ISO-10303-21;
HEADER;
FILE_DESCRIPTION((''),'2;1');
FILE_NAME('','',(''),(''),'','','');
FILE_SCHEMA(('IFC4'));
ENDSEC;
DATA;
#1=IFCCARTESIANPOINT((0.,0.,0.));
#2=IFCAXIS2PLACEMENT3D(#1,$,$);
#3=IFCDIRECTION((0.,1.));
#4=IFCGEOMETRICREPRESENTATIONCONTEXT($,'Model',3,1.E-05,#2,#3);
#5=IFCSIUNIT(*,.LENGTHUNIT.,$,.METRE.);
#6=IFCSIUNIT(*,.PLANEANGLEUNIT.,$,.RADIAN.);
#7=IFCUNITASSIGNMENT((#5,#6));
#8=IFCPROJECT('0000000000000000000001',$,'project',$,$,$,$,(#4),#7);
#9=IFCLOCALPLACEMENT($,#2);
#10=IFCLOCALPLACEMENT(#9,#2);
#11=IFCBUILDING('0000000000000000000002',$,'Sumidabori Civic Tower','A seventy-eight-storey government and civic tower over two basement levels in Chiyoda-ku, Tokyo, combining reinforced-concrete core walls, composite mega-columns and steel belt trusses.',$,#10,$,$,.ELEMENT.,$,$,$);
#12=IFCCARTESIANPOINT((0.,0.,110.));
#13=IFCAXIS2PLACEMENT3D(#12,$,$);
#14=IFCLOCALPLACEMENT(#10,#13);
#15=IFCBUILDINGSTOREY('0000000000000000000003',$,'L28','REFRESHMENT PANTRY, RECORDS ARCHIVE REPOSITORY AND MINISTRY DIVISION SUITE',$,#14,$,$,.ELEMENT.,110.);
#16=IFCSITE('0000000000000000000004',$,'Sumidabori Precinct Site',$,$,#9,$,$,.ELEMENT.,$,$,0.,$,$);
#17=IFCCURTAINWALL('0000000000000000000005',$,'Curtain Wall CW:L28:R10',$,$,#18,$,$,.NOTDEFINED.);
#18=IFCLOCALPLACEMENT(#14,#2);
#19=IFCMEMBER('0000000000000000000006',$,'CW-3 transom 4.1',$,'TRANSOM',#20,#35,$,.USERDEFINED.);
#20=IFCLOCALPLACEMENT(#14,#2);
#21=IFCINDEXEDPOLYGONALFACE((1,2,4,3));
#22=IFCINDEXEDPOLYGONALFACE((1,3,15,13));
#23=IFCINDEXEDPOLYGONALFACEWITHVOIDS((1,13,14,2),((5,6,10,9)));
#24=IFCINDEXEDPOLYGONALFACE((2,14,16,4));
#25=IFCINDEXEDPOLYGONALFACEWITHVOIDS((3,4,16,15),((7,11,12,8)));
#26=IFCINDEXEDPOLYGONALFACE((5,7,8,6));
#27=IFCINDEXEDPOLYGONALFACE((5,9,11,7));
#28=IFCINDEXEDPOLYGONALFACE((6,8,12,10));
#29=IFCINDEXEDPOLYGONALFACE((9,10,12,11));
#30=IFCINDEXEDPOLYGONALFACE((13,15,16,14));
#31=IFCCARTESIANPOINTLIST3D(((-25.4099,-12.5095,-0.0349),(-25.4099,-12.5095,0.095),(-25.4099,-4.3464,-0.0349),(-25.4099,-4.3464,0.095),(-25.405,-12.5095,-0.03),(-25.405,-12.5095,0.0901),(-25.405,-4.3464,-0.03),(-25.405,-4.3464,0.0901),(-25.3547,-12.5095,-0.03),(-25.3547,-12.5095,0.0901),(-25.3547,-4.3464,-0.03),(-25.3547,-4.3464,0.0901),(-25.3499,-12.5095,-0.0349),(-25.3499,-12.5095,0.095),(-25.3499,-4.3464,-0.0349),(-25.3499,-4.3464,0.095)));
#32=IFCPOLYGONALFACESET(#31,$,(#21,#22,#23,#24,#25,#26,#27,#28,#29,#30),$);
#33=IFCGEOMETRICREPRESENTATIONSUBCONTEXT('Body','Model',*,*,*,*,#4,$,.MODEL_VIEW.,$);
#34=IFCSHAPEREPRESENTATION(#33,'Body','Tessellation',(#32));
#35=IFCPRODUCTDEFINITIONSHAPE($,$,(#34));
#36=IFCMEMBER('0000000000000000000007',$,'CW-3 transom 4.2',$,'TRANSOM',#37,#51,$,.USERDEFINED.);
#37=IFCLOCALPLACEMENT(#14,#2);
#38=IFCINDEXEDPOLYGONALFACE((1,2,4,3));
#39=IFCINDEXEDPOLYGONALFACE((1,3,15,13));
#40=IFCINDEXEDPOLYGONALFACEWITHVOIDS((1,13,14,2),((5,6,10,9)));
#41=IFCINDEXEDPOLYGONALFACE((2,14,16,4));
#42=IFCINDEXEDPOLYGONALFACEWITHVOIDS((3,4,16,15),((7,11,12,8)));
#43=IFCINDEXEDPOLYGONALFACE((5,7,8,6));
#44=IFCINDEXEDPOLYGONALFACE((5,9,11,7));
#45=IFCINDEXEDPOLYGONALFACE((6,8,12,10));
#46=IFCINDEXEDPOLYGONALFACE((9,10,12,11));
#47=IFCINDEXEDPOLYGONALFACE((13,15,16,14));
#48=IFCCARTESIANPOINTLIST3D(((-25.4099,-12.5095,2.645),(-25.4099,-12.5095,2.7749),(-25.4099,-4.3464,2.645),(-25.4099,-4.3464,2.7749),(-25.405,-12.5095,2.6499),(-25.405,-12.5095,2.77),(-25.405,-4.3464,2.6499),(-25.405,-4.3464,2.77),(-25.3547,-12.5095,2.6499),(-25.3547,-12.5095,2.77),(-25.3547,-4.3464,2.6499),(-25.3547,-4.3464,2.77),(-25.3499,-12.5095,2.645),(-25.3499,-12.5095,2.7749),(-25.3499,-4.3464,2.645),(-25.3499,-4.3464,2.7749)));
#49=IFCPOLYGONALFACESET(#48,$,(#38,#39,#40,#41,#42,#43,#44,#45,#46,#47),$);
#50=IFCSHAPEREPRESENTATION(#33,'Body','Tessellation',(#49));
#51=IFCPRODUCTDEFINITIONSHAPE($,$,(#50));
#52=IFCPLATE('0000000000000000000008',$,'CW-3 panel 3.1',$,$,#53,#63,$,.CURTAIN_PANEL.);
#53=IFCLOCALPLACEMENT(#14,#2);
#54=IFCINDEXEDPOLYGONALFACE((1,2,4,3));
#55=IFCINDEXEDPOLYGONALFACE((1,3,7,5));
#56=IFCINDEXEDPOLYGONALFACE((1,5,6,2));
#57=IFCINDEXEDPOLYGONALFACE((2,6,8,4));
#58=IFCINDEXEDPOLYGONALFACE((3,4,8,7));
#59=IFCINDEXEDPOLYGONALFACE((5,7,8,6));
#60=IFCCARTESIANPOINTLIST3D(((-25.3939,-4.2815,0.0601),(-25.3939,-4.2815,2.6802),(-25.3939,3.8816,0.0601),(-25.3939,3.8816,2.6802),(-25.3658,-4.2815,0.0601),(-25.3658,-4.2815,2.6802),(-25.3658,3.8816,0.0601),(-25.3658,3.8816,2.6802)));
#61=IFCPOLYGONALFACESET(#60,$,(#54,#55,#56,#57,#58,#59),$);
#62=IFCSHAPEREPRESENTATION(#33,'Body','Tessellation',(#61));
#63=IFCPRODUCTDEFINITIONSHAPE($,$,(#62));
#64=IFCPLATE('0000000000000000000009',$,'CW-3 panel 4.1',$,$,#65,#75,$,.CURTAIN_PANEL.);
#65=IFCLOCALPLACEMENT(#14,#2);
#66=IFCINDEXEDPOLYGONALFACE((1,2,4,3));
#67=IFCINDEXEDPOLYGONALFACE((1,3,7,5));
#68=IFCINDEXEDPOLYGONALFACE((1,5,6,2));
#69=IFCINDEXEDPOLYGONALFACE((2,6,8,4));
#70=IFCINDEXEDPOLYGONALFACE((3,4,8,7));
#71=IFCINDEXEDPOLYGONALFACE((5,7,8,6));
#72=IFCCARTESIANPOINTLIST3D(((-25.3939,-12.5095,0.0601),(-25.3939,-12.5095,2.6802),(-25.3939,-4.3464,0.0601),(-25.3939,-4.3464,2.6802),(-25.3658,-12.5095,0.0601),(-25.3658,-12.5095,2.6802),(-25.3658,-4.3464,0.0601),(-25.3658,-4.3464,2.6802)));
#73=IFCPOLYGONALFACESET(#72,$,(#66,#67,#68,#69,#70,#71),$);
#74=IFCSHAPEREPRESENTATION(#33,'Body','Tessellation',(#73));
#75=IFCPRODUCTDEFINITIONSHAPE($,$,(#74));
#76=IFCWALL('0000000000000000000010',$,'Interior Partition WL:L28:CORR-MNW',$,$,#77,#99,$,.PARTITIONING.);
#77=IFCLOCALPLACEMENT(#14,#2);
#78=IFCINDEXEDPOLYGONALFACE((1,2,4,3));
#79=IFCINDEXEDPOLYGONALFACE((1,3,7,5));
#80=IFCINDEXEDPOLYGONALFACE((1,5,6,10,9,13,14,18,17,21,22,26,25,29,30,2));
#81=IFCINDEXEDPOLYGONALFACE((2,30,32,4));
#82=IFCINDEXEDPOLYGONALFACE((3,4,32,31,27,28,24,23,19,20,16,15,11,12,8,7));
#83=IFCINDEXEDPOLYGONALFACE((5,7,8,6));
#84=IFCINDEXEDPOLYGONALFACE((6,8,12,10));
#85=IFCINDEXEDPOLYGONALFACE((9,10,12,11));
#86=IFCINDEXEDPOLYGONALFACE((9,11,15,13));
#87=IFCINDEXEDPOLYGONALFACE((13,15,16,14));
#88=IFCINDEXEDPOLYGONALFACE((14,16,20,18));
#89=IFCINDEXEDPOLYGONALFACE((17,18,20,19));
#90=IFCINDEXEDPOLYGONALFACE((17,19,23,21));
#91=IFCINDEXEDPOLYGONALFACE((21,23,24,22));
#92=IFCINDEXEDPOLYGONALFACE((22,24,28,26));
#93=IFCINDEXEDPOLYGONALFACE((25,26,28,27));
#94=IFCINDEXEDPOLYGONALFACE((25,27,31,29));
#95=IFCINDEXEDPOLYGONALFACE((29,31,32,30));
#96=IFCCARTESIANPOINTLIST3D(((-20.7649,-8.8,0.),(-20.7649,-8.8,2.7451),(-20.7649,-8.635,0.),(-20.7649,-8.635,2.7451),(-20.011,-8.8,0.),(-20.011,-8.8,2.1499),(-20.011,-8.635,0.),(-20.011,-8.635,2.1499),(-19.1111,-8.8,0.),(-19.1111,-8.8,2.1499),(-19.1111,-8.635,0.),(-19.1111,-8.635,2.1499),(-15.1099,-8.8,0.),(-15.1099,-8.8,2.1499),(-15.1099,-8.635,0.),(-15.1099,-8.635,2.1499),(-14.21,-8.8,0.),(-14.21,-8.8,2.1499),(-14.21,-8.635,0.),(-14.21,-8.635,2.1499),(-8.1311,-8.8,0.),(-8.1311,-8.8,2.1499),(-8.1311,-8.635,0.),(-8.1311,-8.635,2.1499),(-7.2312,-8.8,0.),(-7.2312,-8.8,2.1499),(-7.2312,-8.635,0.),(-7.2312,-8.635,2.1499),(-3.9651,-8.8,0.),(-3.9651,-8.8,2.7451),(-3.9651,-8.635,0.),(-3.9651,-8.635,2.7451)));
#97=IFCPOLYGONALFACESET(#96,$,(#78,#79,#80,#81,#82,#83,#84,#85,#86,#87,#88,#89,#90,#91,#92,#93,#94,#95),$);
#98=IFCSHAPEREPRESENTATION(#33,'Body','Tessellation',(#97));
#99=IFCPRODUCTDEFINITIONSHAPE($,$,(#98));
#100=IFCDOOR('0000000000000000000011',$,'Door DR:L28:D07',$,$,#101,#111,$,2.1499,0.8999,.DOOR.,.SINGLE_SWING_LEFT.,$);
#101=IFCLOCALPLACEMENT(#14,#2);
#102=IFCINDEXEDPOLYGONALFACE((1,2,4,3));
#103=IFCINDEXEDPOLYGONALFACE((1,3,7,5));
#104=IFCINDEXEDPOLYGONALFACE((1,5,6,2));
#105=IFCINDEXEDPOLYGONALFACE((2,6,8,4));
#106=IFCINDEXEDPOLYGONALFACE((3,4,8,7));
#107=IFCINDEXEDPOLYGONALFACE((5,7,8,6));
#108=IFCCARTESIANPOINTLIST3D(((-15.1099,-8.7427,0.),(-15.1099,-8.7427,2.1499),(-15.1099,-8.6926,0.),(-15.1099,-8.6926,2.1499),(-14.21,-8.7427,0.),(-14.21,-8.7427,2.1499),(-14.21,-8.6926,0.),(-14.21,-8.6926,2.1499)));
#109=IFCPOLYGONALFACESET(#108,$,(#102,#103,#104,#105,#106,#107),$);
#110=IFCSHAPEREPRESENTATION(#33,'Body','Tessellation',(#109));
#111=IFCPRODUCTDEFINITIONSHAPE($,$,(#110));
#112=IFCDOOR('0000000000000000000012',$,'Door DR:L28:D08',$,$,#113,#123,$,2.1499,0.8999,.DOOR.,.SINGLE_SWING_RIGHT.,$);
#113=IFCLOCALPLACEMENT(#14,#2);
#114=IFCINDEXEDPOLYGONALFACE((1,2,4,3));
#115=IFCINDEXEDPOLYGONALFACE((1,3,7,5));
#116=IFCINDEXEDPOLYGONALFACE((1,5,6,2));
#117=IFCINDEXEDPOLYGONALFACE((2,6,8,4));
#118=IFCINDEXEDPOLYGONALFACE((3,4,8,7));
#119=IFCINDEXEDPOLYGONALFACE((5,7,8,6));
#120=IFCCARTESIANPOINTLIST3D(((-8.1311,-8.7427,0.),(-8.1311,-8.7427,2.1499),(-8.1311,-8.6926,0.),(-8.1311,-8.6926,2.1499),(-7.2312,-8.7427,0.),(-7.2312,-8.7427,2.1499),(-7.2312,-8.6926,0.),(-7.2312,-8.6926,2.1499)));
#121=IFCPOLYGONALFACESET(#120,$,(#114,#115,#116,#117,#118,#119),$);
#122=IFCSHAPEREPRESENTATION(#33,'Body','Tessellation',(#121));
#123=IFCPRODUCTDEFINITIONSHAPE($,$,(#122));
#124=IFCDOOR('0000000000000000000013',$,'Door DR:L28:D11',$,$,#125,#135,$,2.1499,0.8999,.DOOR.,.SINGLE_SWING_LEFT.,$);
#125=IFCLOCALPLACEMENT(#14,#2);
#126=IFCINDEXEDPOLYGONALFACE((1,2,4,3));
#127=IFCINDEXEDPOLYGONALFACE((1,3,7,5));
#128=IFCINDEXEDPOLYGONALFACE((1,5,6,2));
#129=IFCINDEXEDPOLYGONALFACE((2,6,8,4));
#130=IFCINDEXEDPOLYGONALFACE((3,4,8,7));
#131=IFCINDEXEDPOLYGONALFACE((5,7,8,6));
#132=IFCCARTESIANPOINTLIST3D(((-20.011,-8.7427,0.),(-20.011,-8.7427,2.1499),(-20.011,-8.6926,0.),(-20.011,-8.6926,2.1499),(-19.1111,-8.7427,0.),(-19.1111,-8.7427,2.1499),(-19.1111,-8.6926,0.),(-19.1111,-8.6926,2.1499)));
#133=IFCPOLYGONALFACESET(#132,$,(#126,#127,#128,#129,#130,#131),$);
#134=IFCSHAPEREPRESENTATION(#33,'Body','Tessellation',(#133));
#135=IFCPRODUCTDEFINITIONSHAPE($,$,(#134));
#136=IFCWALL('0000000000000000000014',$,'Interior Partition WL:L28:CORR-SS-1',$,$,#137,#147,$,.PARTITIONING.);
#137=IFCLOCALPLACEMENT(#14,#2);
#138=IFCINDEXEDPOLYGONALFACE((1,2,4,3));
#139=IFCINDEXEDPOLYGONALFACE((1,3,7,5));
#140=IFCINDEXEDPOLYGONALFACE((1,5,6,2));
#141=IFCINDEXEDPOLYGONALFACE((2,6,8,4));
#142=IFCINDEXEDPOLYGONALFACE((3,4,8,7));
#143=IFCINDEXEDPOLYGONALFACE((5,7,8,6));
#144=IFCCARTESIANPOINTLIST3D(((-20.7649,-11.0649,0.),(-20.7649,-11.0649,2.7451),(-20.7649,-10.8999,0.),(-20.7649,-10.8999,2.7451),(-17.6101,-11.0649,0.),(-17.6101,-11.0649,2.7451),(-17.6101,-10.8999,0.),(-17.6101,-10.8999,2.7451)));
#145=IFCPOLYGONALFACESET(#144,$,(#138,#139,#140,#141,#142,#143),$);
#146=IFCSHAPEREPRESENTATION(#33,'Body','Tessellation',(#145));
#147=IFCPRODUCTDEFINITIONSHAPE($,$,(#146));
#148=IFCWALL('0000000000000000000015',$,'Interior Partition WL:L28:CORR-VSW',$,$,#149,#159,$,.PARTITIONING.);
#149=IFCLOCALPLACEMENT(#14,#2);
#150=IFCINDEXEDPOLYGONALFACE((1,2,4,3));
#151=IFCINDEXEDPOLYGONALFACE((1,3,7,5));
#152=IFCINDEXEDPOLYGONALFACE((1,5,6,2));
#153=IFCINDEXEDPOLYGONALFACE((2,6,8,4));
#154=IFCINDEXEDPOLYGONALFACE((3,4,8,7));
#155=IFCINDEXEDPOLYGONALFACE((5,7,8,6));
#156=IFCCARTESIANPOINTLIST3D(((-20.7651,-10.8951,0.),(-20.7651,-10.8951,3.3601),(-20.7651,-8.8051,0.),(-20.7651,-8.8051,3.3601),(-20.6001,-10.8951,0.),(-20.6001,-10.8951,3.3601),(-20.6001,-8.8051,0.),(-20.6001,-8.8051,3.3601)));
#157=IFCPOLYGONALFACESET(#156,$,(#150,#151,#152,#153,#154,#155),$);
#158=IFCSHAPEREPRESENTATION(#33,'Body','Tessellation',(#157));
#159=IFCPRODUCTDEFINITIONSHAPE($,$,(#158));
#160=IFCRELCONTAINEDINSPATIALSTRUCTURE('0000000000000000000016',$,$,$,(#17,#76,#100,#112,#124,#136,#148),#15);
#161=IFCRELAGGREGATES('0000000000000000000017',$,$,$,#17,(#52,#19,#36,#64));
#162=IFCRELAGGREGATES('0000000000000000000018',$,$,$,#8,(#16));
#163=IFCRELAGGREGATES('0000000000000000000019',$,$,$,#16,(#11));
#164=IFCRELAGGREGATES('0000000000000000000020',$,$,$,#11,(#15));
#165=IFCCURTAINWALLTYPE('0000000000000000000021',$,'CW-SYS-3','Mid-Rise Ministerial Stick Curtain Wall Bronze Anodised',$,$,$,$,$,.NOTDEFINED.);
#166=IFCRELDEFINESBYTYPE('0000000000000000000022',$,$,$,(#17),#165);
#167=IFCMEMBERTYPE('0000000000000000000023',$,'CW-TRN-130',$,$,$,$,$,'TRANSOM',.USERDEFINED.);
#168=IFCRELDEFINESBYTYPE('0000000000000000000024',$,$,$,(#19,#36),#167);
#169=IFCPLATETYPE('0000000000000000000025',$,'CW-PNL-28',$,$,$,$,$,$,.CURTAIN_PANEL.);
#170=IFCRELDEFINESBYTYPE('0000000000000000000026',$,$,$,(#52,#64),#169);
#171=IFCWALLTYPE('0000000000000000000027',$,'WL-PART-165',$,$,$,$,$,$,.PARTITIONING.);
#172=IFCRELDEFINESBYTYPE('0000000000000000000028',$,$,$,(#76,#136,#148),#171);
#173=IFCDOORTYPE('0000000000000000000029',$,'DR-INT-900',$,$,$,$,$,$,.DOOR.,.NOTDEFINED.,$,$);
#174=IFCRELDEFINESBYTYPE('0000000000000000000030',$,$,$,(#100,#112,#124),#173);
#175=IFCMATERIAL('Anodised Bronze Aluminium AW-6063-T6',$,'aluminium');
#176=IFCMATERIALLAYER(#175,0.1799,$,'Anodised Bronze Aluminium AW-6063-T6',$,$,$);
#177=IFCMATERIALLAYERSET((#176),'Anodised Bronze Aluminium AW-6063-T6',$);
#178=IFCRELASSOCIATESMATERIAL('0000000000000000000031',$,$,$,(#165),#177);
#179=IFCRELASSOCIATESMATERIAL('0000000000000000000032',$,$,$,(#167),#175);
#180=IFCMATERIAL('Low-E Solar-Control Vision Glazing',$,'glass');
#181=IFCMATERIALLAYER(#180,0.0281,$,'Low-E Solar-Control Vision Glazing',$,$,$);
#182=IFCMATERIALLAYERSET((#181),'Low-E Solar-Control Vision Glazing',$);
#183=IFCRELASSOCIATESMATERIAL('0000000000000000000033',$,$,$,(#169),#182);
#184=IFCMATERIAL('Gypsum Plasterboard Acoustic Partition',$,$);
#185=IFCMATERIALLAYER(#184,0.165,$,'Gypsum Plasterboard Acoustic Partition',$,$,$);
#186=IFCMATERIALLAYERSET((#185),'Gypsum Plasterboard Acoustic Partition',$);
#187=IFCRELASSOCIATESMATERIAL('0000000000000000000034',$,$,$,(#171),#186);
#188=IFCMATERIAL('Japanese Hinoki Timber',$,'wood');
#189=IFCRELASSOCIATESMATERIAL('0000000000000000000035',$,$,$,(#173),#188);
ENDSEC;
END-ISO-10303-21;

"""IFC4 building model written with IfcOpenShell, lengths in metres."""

from ifc_helpers import new_model, si_unit, direction, frame, frame_2d, origin, origin_2d, place, context, subcontext, project, spatial, rectangle, hollow_rectangle, extrude, source, transform, mapped, material, layer, layer_set, material_profile, profile_set, type_object, element, fill, aggregate, save


model = new_model("IFC4")

# Units and contexts
model_context = context("Model", 3, precision=1e-05, world=origin(), true_north=direction((0.0, 1.0)))
body_context = subcontext(model_context, "Body", "Model", "MODEL_VIEW")
ifc_project = project(units=[si_unit("LENGTHUNIT", "METRE"), si_unit("PLANEANGLEUNIT", "RADIAN")], contexts=[model_context])

# Site, building, storey
site_placement = place(None, origin())
site = spatial("IfcSite", under=ifc_project, at=site_placement, Name="Sumidabori Precinct Site", CompositionType="ELEMENT", RefElevation=0.0)
building_placement = place(site_placement, origin())
building = spatial("IfcBuilding", under=site, at=building_placement, Name="Sumidabori Civic Tower", Description="A seventy-eight-storey government and civic tower over two basement levels in Chiyoda-ku, Tokyo, combining reinforced-concrete core walls, composite mega-columns and steel belt trusses.", CompositionType="ELEMENT")
storey_placement = place(building_placement, frame((0.0, 0.0, 110.0)))
storey = spatial("IfcBuildingStorey", under=building, at=storey_placement, Name="L28", Description="REFRESHMENT PANTRY, RECORDS ARCHIVE REPOSITORY AND MINISTRY DIVISION SUITE", CompositionType="ELEMENT", Elevation=110.0)

# Curtain wall, members, plates
ifc_material_1 = material(Name="Anodised Bronze Aluminium AW-6063-T6", Category="aluminium")
ifc_layer_1 = layer(ifc_material_1, 0.1799, Name="Anodised Bronze Aluminium AW-6063-T6")
ifc_layer_set_1 = layer_set([ifc_layer_1], Name="Anodised Bronze Aluminium AW-6063-T6")
curtain_wall_type = type_object("IfcCurtainWallType", Name="CW-SYS-3", Description="Mid-Rise Ministerial Stick Curtain Wall Bronze Anodised", PredefinedType="NOTDEFINED", material=ifc_layer_set_1)
curtain_wall_placement = place(storey_placement, origin())
curtain_wall = element("IfcCurtainWall", 1, at=curtain_wall_placement, inside=storey, type_object=curtain_wall_type, Name="Curtain Wall CW:L28:R10", PredefinedType="NOTDEFINED")
ifc_material_profile_1 = material_profile(ifc_material_1, hollow_rectangle(XDim=0.0601, YDim=0.1299, WallThickness=0.0049, at=origin_2d()), Name="ALU TRANSOM 130x60")
ifc_profile_set_1 = profile_set([ifc_material_profile_1], Name="Anodised Bronze Aluminium AW-6063-T6")
member_type_1 = type_object("IfcMemberType", Name="CW-TRN-130", ElementType="TRANSOM", PredefinedType="USERDEFINED", material=ifc_profile_set_1)
shared_shape_1 = source(origin(), body_context, "Body", "SweptSolid", [
    extrude(hollow_rectangle(XDim=0.0601, YDim=0.1299, WallThickness=0.0049, at=origin_2d()), origin(), (0.0, 0.0, 1.0), 8.1631),
])
member_1_placement = place(storey_placement, frame((-25.3799, -4.3464, 0.03), z_axis=(0.0, -1.0, 0.0), x_axis=(1.0, 0.0, 0.0)))
member_1 = element("IfcMember", 2, at=member_1_placement, type_object=member_type_1, Name="CW-3 transom 4.1", ObjectType="TRANSOM", PredefinedType="USERDEFINED", context=body_context, shape_type="MappedRepresentation", body=[
    mapped(shared_shape_1, transform((0.0, 0.0, 0.0), x_axis=(1.0, 0.0, 0.0), y_axis=(0.0, 1.0, 0.0), z_axis=(0.0, 0.0, 1.0), scale=1.0)),
])
member_2_placement = place(storey_placement, frame((-25.3799, -4.3464, 2.71), z_axis=(0.0, -1.0, 0.0), x_axis=(1.0, 0.0, 0.0)))
member_2 = element("IfcMember", 3, at=member_2_placement, type_object=member_type_1, Name="CW-3 transom 4.2", ObjectType="TRANSOM", PredefinedType="USERDEFINED", context=body_context, shape_type="MappedRepresentation", body=[
    mapped(shared_shape_1, transform((0.0, 0.0, 0.0), x_axis=(1.0, 0.0, 0.0), y_axis=(0.0, 1.0, 0.0), z_axis=(0.0, 0.0, 1.0), scale=1.0)),
])
ifc_material_2 = material(Name="Low-E Solar-Control Vision Glazing", Category="glass")
ifc_layer_2 = layer(ifc_material_2, 0.0281, Name="Low-E Solar-Control Vision Glazing")
ifc_layer_set_2 = layer_set([ifc_layer_2], Name="Low-E Solar-Control Vision Glazing")
plate_type = type_object("IfcPlateType", Name="CW-PNL-28", PredefinedType="CURTAIN_PANEL", material=ifc_layer_set_2)
shared_shape_2 = source(origin(), body_context, "Body", "SweptSolid", [
    extrude(rectangle(XDim=8.1631, YDim=0.0281, at=origin_2d()), origin(), (0.0, 0.0, 1.0), 2.6201),
])
plate_1_placement = place(storey_placement, frame((-25.3799, -0.2, 0.0601), z_axis=(0.0, 0.0, 1.0), x_axis=(0.0, -1.0, 0.0)))
plate_1 = element("IfcPlate", 4, at=plate_1_placement, type_object=plate_type, Name="CW-3 panel 3.1", PredefinedType="CURTAIN_PANEL", context=body_context, shape_type="MappedRepresentation", body=[
    mapped(shared_shape_2, transform((0.0, 0.0, 0.0), x_axis=(1.0, 0.0, 0.0), y_axis=(0.0, 1.0, 0.0), z_axis=(0.0, 0.0, 1.0), scale=1.0)),
])
plate_2_placement = place(storey_placement, frame((-25.3799, -8.428, 0.0601), z_axis=(0.0, 0.0, 1.0), x_axis=(0.0, -1.0, 0.0)))
plate_2 = element("IfcPlate", 5, at=plate_2_placement, type_object=plate_type, Name="CW-3 panel 4.1", PredefinedType="CURTAIN_PANEL", context=body_context, shape_type="MappedRepresentation", body=[
    mapped(shared_shape_2, transform((0.0, 0.0, 0.0), x_axis=(1.0, 0.0, 0.0), y_axis=(0.0, 1.0, 0.0), z_axis=(0.0, 0.0, 1.0), scale=1.0)),
])
aggregate(curtain_wall, [plate_1, member_1, member_2, plate_2])

# Wall, openings, doors
ifc_material_3 = material(Name="Gypsum Plasterboard Acoustic Partition")
ifc_layer_3 = layer(ifc_material_3, 0.165, Name="Gypsum Plasterboard Acoustic Partition")
ifc_layer_set_3 = layer_set([ifc_layer_3], Name="Gypsum Plasterboard Acoustic Partition")
wall_type = type_object("IfcWallType", Name="WL-PART-165", PredefinedType="PARTITIONING", material=ifc_layer_set_3)
shared_shape_3 = source(origin(), body_context, "Body", "SweptSolid", [
    extrude(rectangle(XDim=16.7998, YDim=0.165, at=frame_2d((8.3999, 0.0))), origin(), (0.0, 0.0, 1.0), 2.7451),
])
wall_1_placement = place(storey_placement, frame((-20.7649, -8.7175, 0.0), z_axis=(0.0, 0.0, 1.0), x_axis=(1.0, 0.0, 0.0)))
wall_1 = element("IfcWall", 6, at=wall_1_placement, inside=storey, type_object=wall_type, Name="Interior Partition WL:L28:CORR-MNW", PredefinedType="PARTITIONING", context=body_context, shape_type="MappedRepresentation", body=[
    mapped(shared_shape_3, transform((0.0, 0.0, 0.0), x_axis=(1.0, 0.0, 0.0), y_axis=(0.0, 1.0, 0.0), z_axis=(0.0, 0.0, 1.0), scale=1.0)),
])
opening_1_placement = place(wall_1_placement, frame((5.655, 0.0, 0.0)))
opening_1 = element("IfcOpeningElement", 7, at=opening_1_placement, cuts=wall_1, PredefinedType="OPENING", context=body_context, shape_type="SweptSolid", body=[
    extrude(rectangle(XDim=0.8999, YDim=2.1499, at=frame_2d((0.45, 1.075))), frame((0.0, 0.0945, 0.0), z_axis=(0.0, -1.0, 0.0), x_axis=(1.0, 0.0, 0.0)), (0.0, 0.0, 1.0), 0.189),
])
opening_2_placement = place(wall_1_placement, frame((12.6338, 0.0, 0.0)))
opening_2 = element("IfcOpeningElement", 8, at=opening_2_placement, cuts=wall_1, PredefinedType="OPENING", context=body_context, shape_type="SweptSolid", body=[
    extrude(rectangle(XDim=0.8999, YDim=2.1499, at=frame_2d((0.45, 1.075))), frame((0.0, 0.0945, 0.0), z_axis=(0.0, -1.0, 0.0), x_axis=(1.0, 0.0, 0.0)), (0.0, 0.0, 1.0), 0.189),
])
opening_3_placement = place(wall_1_placement, frame((0.7539, 0.0, 0.0)))
opening_3 = element("IfcOpeningElement", 9, at=opening_3_placement, cuts=wall_1, PredefinedType="OPENING", context=body_context, shape_type="SweptSolid", body=[
    extrude(rectangle(XDim=0.8999, YDim=2.1499, at=frame_2d((0.45, 1.075))), frame((0.0, 0.0945, 0.0), z_axis=(0.0, -1.0, 0.0), x_axis=(1.0, 0.0, 0.0)), (0.0, 0.0, 1.0), 0.189),
])
ifc_material_4 = material(Name="Japanese Hinoki Timber", Category="wood")
door_type = type_object("IfcDoorType", Name="DR-INT-900", OperationType="NOTDEFINED", PredefinedType="DOOR", material=ifc_material_4)
shared_shape_4 = source(origin(), body_context, "Body", "SweptSolid", [
    extrude(rectangle(XDim=0.8999, YDim=2.1499, at=frame_2d((0.45, 1.075))), frame((0.0, 0.0249, 0.0), z_axis=(0.0, -1.0, 0.0), x_axis=(1.0, 0.0, 0.0)), (0.0, 0.0, 1.0), 0.05),
])
door_1_placement = place(opening_1_placement, origin())
door_1 = element("IfcDoor", 10, at=door_1_placement, inside=storey, type_object=door_type, Name="Door DR:L28:D07", OperationType="SINGLE_SWING_LEFT", OverallHeight=2.1499, OverallWidth=0.8999, PredefinedType="DOOR", context=body_context, shape_type="MappedRepresentation", body=[
    mapped(shared_shape_4, transform((0.0, 0.0, 0.0), x_axis=(1.0, 0.0, 0.0), y_axis=(0.0, 1.0, 0.0), z_axis=(0.0, 0.0, 1.0), scale=1.0)),
])
fill(opening_1, door_1)
door_2_placement = place(opening_2_placement, origin())
door_2 = element("IfcDoor", 11, at=door_2_placement, inside=storey, type_object=door_type, Name="Door DR:L28:D08", OperationType="SINGLE_SWING_RIGHT", OverallHeight=2.1499, OverallWidth=0.8999, PredefinedType="DOOR", context=body_context, shape_type="MappedRepresentation", body=[
    mapped(shared_shape_4, transform((0.0, 0.0, 0.0), x_axis=(1.0, 0.0, 0.0), y_axis=(0.0, 1.0, 0.0), z_axis=(0.0, 0.0, 1.0), scale=1.0)),
])
fill(opening_2, door_2)
door_3_placement = place(opening_3_placement, origin())
door_3 = element("IfcDoor", 12, at=door_3_placement, inside=storey, type_object=door_type, Name="Door DR:L28:D11", OperationType="SINGLE_SWING_LEFT", OverallHeight=2.1499, OverallWidth=0.8999, PredefinedType="DOOR", context=body_context, shape_type="MappedRepresentation", body=[
    mapped(shared_shape_4, transform((0.0, 0.0, 0.0), x_axis=(1.0, 0.0, 0.0), y_axis=(0.0, 1.0, 0.0), z_axis=(0.0, 0.0, 1.0), scale=1.0)),
])
fill(opening_3, door_3)

# Walls
shared_shape_5 = source(origin(), body_context, "Body", "SweptSolid", [
    extrude(rectangle(XDim=3.1548, YDim=0.165, at=frame_2d((1.5774, 0.0))), origin(), (0.0, 0.0, 1.0), 2.7451),
])
wall_2_placement = place(storey_placement, frame((-20.7649, -10.9824, 0.0), z_axis=(0.0, 0.0, 1.0), x_axis=(1.0, 0.0, 0.0)))
element("IfcWall", 13, at=wall_2_placement, inside=storey, type_object=wall_type, Name="Interior Partition WL:L28:CORR-SS-1", PredefinedType="PARTITIONING", context=body_context, shape_type="MappedRepresentation", body=[
    mapped(shared_shape_5, transform((0.0, 0.0, 0.0), x_axis=(1.0, 0.0, 0.0), y_axis=(0.0, 1.0, 0.0), z_axis=(0.0, 0.0, 1.0), scale=1.0)),
])
shared_shape_6 = source(origin(), body_context, "Body", "SweptSolid", [
    extrude(rectangle(XDim=2.0901, YDim=0.165, at=frame_2d((1.0449, 0.0))), origin(), (0.0, 0.0, 1.0), 3.3601),
])
wall_3_placement = place(storey_placement, frame((-20.6826, -10.895, 0.0), z_axis=(0.0, 0.0, 1.0), x_axis=(0.0, 1.0, 0.0)))
element("IfcWall", 14, at=wall_3_placement, inside=storey, type_object=wall_type, Name="Interior Partition WL:L28:CORR-VSW", PredefinedType="PARTITIONING", context=body_context, shape_type="MappedRepresentation", body=[
    mapped(shared_shape_6, transform((0.0, 0.0, 0.0), x_axis=(1.0, 0.0, 0.0), y_axis=(0.0, 1.0, 0.0), z_axis=(0.0, 0.0, 1.0), scale=1.0)),
])

save(model, "model.ifc")
